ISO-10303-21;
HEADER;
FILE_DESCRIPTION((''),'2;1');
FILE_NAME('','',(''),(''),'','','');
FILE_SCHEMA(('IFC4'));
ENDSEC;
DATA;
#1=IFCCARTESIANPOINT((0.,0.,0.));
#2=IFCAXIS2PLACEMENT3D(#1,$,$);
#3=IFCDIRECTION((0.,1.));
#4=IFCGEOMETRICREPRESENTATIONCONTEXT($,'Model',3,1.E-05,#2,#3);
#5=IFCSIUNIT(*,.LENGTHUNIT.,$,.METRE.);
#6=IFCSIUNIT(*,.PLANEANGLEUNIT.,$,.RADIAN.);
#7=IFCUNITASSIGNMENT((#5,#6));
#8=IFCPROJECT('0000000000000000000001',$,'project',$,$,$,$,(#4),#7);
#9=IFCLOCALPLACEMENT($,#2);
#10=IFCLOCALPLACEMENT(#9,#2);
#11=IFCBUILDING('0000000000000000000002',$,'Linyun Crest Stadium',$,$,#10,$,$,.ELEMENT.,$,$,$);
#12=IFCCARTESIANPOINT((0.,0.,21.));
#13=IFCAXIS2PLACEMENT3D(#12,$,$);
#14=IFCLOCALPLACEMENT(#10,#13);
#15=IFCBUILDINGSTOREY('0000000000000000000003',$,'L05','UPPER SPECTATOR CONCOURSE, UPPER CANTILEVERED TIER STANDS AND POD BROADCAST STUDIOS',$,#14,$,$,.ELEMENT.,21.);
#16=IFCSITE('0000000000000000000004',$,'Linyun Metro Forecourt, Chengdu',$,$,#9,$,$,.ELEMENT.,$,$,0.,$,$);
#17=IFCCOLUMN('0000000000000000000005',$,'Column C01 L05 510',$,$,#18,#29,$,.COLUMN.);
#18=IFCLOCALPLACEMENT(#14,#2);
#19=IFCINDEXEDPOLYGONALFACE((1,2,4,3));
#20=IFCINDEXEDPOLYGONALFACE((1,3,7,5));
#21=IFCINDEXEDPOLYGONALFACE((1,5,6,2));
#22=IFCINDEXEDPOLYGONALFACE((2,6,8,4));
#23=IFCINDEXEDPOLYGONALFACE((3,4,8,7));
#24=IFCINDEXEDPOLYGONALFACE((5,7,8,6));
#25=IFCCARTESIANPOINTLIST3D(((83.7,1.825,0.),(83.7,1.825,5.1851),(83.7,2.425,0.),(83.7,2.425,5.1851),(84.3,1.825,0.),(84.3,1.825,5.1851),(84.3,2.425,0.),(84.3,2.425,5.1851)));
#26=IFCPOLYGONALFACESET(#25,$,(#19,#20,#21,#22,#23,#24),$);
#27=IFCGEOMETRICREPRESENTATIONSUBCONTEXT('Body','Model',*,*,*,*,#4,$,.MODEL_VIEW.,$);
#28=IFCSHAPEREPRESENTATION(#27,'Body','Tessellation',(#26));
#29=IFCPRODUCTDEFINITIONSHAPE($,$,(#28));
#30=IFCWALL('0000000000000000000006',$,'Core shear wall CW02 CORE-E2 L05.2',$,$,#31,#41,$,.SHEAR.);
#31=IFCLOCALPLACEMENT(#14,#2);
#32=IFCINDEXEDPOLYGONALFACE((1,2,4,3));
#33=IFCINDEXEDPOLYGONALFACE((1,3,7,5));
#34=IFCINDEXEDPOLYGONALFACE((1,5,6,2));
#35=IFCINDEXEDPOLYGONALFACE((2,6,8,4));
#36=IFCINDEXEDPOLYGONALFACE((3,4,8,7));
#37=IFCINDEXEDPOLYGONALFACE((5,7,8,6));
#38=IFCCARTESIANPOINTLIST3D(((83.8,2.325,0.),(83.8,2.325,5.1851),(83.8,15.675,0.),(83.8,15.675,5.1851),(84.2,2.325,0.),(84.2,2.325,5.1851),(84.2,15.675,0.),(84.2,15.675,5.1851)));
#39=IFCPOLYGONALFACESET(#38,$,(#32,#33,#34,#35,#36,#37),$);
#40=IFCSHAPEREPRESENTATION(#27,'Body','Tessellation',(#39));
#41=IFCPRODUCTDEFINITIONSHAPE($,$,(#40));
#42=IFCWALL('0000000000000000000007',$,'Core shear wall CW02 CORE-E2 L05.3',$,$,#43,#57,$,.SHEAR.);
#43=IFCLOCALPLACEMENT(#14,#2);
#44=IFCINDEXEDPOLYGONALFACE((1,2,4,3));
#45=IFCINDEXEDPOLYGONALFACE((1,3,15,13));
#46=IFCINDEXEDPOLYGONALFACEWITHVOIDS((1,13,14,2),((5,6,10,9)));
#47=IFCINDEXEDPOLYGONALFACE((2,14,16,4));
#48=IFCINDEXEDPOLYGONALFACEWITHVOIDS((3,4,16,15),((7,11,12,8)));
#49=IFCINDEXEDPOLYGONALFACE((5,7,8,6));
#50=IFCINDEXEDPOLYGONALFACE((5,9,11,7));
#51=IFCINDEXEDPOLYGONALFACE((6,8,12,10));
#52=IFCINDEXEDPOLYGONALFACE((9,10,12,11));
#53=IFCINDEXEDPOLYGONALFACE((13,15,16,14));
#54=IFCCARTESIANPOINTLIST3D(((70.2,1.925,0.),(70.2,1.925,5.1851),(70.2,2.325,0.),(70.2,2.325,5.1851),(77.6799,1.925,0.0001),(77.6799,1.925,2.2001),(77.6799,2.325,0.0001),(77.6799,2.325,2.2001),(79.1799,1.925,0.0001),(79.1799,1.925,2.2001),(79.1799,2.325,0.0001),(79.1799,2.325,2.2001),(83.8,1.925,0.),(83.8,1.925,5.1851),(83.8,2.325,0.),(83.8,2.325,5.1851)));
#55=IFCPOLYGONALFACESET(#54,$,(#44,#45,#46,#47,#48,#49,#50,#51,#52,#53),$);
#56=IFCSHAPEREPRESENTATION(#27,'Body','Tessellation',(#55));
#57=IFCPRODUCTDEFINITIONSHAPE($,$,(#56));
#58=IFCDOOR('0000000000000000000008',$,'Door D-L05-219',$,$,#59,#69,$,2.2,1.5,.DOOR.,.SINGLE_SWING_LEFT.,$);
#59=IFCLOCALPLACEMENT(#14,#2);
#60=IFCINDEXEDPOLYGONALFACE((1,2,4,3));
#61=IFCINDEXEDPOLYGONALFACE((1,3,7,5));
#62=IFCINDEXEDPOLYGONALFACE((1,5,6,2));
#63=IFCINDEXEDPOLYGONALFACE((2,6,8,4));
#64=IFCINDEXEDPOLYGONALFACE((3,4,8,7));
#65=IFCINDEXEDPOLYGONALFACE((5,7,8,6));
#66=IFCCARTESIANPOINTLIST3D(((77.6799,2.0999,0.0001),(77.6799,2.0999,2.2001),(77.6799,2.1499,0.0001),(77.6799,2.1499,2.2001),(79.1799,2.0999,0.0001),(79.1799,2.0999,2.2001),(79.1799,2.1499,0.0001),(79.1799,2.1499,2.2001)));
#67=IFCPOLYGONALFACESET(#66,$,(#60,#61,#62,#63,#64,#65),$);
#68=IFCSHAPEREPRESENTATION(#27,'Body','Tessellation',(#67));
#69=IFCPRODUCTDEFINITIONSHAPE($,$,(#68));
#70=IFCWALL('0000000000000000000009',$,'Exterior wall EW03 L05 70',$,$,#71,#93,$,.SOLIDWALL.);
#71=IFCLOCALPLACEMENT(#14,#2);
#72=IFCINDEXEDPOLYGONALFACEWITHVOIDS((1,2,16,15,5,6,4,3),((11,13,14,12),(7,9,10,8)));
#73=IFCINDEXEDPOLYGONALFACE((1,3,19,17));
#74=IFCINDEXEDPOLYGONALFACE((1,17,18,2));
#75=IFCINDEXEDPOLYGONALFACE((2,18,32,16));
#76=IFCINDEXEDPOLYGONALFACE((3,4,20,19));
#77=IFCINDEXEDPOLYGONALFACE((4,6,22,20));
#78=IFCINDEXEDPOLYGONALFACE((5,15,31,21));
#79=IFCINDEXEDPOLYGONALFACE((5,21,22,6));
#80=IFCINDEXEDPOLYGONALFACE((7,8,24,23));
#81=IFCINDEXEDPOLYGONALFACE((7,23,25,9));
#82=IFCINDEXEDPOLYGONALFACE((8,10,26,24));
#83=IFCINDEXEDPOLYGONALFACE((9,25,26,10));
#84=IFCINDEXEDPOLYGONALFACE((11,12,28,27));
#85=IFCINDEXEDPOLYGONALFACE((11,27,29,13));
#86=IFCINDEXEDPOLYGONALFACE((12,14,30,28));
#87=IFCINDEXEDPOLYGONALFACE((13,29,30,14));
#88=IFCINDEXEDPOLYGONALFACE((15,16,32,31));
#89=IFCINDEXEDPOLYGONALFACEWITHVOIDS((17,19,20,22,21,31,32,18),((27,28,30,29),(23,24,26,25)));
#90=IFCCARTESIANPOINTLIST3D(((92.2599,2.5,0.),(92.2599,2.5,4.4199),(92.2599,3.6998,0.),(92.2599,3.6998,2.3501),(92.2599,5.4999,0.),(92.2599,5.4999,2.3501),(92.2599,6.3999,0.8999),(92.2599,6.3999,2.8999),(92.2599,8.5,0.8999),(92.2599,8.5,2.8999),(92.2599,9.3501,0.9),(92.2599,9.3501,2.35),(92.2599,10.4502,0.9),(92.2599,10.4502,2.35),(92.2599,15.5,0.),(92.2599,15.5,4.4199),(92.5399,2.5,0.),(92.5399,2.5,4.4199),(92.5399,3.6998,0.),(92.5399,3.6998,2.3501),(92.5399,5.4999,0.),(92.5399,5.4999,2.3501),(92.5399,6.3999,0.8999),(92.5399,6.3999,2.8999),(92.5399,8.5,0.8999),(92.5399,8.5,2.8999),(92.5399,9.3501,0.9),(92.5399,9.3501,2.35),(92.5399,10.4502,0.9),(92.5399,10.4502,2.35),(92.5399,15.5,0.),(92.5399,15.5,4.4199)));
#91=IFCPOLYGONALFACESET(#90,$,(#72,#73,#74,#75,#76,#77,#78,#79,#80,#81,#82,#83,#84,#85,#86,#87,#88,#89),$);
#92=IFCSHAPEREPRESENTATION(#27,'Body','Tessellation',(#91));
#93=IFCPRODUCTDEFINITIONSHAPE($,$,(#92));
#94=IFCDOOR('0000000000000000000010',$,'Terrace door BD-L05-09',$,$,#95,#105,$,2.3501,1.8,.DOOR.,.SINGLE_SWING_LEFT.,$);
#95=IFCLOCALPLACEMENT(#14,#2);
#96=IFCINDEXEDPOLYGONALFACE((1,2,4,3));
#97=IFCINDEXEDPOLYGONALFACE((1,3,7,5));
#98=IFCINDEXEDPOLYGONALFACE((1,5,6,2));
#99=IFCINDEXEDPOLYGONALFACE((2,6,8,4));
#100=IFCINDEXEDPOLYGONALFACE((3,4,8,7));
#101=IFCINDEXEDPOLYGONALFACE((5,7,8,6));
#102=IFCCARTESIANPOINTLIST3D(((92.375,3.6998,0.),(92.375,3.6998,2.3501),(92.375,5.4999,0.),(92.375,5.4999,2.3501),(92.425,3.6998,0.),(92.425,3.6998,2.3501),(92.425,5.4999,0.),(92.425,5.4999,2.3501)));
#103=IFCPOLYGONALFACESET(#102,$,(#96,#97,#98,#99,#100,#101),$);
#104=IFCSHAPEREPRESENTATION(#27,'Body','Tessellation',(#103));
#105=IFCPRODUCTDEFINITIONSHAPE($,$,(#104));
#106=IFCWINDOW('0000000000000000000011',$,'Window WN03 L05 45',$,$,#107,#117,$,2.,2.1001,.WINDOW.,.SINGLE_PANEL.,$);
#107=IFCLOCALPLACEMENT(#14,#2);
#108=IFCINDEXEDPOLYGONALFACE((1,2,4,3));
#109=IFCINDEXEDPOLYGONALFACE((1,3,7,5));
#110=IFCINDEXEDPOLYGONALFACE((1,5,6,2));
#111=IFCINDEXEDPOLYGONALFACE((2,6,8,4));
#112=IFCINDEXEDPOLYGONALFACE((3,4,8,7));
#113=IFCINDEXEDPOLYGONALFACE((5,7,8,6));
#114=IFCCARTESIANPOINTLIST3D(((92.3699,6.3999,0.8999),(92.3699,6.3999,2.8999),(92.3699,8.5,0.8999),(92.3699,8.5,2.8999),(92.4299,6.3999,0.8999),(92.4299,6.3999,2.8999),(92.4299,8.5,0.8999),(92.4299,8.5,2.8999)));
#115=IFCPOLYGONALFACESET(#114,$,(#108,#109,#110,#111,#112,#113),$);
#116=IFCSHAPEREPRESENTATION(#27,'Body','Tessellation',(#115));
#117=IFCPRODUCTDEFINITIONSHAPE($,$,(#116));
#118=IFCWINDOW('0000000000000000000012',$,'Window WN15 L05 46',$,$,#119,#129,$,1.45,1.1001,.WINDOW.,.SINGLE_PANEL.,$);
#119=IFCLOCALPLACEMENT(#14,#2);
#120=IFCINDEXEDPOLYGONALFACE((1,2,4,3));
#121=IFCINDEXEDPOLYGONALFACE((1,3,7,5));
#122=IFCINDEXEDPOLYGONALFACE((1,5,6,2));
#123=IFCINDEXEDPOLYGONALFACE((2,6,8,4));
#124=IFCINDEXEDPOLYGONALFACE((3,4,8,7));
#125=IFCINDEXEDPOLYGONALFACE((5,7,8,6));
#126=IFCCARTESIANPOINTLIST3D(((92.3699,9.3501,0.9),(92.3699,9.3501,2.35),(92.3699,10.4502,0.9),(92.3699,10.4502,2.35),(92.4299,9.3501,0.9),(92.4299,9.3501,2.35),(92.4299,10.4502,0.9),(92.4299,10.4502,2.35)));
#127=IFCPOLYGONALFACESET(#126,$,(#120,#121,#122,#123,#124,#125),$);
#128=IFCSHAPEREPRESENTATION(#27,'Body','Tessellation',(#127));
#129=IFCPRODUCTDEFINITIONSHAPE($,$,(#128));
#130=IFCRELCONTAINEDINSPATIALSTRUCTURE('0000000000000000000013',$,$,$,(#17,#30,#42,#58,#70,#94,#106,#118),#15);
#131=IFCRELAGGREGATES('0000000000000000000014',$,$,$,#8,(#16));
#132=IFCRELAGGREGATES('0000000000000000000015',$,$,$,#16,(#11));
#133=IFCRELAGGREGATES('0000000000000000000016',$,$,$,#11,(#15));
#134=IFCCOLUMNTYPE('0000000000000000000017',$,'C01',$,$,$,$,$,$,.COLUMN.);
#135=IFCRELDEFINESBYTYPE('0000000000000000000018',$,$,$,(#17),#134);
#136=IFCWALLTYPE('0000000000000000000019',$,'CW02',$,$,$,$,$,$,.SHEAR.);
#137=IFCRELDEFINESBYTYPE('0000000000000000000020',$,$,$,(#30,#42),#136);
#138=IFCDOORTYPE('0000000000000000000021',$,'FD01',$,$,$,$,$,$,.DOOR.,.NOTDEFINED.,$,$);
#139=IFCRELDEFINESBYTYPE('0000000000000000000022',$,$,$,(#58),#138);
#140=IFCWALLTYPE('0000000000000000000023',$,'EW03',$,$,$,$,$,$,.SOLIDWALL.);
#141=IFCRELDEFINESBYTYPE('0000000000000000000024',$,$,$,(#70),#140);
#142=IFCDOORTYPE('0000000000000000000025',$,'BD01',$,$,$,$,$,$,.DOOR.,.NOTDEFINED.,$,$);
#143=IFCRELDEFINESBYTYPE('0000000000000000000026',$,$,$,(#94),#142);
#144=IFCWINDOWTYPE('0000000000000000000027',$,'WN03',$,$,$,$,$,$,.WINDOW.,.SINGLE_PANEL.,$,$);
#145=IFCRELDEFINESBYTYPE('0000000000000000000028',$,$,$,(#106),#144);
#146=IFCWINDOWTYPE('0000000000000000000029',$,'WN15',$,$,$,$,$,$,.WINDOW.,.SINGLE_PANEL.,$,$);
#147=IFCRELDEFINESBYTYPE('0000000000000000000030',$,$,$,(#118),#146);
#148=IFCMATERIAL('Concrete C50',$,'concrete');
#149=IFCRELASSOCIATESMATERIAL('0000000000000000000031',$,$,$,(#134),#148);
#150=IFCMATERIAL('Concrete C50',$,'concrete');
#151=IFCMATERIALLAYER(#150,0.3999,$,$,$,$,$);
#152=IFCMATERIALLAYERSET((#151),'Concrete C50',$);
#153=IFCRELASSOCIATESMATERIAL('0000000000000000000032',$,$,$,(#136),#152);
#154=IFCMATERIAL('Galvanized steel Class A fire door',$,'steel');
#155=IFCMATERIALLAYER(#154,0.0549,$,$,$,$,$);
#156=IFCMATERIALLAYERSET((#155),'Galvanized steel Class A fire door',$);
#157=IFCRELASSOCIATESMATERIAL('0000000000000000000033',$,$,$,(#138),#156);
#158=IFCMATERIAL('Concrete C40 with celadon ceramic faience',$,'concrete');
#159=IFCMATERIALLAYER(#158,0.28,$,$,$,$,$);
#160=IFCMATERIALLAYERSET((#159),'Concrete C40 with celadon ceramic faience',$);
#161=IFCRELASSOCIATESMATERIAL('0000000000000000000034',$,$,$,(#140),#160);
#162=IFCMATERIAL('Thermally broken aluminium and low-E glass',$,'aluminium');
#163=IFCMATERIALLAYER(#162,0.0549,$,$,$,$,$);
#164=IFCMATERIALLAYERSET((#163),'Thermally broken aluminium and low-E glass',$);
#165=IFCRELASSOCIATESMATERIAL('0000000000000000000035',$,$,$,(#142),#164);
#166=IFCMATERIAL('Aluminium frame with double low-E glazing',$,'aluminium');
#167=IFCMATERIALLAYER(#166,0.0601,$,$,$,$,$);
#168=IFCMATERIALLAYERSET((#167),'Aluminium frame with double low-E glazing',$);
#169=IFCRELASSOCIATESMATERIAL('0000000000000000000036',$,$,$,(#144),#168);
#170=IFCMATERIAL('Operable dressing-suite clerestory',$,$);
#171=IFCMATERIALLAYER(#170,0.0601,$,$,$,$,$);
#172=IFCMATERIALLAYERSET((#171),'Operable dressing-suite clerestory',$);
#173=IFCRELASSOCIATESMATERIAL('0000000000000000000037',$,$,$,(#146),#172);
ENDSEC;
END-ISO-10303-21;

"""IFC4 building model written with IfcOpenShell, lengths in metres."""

from ifc_helpers import new_model, si_unit, direction, frame, frame_2d, origin, origin_2d, place, context, subcontext, project, spatial, rectangle, extrude, material, layer, layer_set, material_profile, profile_set, type_object, element, fill, save


model = new_model("IFC4")

# Units and contexts
model_context = context("Model", 3, precision=1e-05, world=origin(), true_north=direction((0.0, 1.0)))
body_context = subcontext(model_context, "Body", "Model", "MODEL_VIEW")
ifc_project = project(units=[si_unit("LENGTHUNIT", "METRE"), si_unit("PLANEANGLEUNIT", "RADIAN")], contexts=[model_context])

# Site, building, storey
site_placement = place(None, origin())
site = spatial("IfcSite", under=ifc_project, at=site_placement, Name="Linyun Metro Forecourt, Chengdu", CompositionType="ELEMENT", RefElevation=0.0)
building_placement = place(site_placement, origin())
building = spatial("IfcBuilding", under=site, at=building_placement, Name="Linyun Crest Stadium", CompositionType="ELEMENT")
storey_placement = place(building_placement, frame((0.0, 0.0, 21.0)))
storey = spatial("IfcBuildingStorey", under=building, at=storey_placement, Name="L05", Description="UPPER SPECTATOR CONCOURSE, UPPER CANTILEVERED TIER STANDS AND POD BROADCAST STUDIOS", CompositionType="ELEMENT", Elevation=21.0)

# Column
ifc_material_1 = material(Name="Concrete C50", Category="concrete")
ifc_material_profile = material_profile(ifc_material_1, rectangle(XDim=0.6001, YDim=0.6001, at=origin_2d()), Name="RC 600x600")
ifc_profile_set = profile_set([ifc_material_profile], Name="Concrete C50")
column_type = type_object("IfcColumnType", Name="C01", PredefinedType="COLUMN", material=ifc_profile_set)
column_placement = place(storey_placement, frame((84.0, 2.125, 0.0), z_axis=(0.0, 0.0, 1.0), x_axis=(1.0, 0.0, 0.0)))
element("IfcColumn", 1, at=column_placement, inside=storey, type_object=column_type, Name="Column C01 L05 510", PredefinedType="COLUMN", context=body_context, shape_type="SweptSolid", body=[
    extrude(rectangle(XDim=0.6001, YDim=0.6001, at=origin_2d()), origin(), (0.0, 0.0, 1.0), 5.1851),
])

# Wall
ifc_material_2 = material(Name="Concrete C50", Category="concrete")
ifc_layer_1 = layer(ifc_material_2, 0.3999)
ifc_layer_set_1 = layer_set([ifc_layer_1], Name="Concrete C50")
wall_type_1 = type_object("IfcWallType", Name="CW02", PredefinedType="SHEAR", material=ifc_layer_set_1)
wall_1_placement = place(storey_placement, frame((84.0, 2.325, 0.0), z_axis=(0.0, 0.0, 1.0), x_axis=(0.0, 1.0, 0.0)))
element("IfcWall", 2, at=wall_1_placement, inside=storey, type_object=wall_type_1, Name="Core shear wall CW02 CORE-E2 L05.2", PredefinedType="SHEAR", context=body_context, shape_type="SweptSolid", body=[
    extrude(rectangle(XDim=13.3501, YDim=0.3999, at=frame_2d((6.675, 0.0))), origin(), (0.0, 0.0, 1.0), 5.1851),
])

# Wall, opening, door
wall_2_placement = place(storey_placement, frame((70.2, 2.125, 0.0), z_axis=(0.0, 0.0, 1.0), x_axis=(1.0, 0.0, 0.0)))
wall_2 = element("IfcWall", 3, at=wall_2_placement, inside=storey, type_object=wall_type_1, Name="Core shear wall CW02 CORE-E2 L05.3", PredefinedType="SHEAR", context=body_context, shape_type="SweptSolid", body=[
    extrude(rectangle(XDim=13.6001, YDim=0.3999, at=frame_2d((6.8, 0.0))), origin(), (0.0, 0.0, 1.0), 5.1851),
])
opening_1_placement = place(wall_2_placement, frame((7.48, 0.0, 0.0)))
opening_1 = element("IfcOpeningElement", 4, at=opening_1_placement, cuts=wall_2, PredefinedType="OPENING", context=body_context, shape_type="SweptSolid", body=[
    extrude(rectangle(XDim=1.5, YDim=2.2, at=frame_2d((0.75, 1.1001))), frame((0.0, 0.21, 0.0), z_axis=(0.0, -1.0, 0.0), x_axis=(1.0, 0.0, 0.0)), (0.0, 0.0, 1.0), 0.4199),
])
ifc_material_3 = material(Name="Galvanized steel Class A fire door", Category="steel")
ifc_layer_2 = layer(ifc_material_3, 0.0549)
ifc_layer_set_2 = layer_set([ifc_layer_2], Name="Galvanized steel Class A fire door")
door_type_1 = type_object("IfcDoorType", Name="FD01", OperationType="NOTDEFINED", PredefinedType="DOOR", material=ifc_layer_set_2)
door_1_placement = place(opening_1_placement, origin())
door_1 = element("IfcDoor", 5, at=door_1_placement, inside=storey, type_object=door_type_1, Name="Door D-L05-219", OperationType="SINGLE_SWING_LEFT", OverallHeight=2.2, OverallWidth=1.5, PredefinedType="DOOR", context=body_context, shape_type="SweptSolid", body=[
    extrude(rectangle(XDim=1.5, YDim=2.2, at=frame_2d((0.75, 1.1001))), frame((0.0, 0.0249, 0.0), z_axis=(0.0, -1.0, 0.0), x_axis=(1.0, 0.0, 0.0)), (0.0, 0.0, 1.0), 0.05),
])
fill(opening_1, door_1)

# Wall, openings, door, windows
ifc_material_4 = material(Name="Concrete C40 with celadon ceramic faience", Category="concrete")
ifc_layer_3 = layer(ifc_material_4, 0.28)
ifc_layer_set_3 = layer_set([ifc_layer_3], Name="Concrete C40 with celadon ceramic faience")
wall_type_2 = type_object("IfcWallType", Name="EW03", PredefinedType="SOLIDWALL", material=ifc_layer_set_3)
wall_3_placement = place(storey_placement, frame((92.3999, 2.5, 0.0), z_axis=(0.0, 0.0, 1.0), x_axis=(0.0, 1.0, 0.0)))
wall_3 = element("IfcWall", 6, at=wall_3_placement, inside=storey, type_object=wall_type_2, Name="Exterior wall EW03 L05 70", PredefinedType="SOLIDWALL", context=body_context, shape_type="SweptSolid", body=[
    extrude(rectangle(XDim=13.0, YDim=0.28, at=frame_2d((6.5, 0.0))), origin(), (0.0, 0.0, 1.0), 4.4199),
])
opening_2_placement = place(wall_3_placement, frame((1.2, 0.0, 0.0)))
opening_2 = element("IfcOpeningElement", 7, at=opening_2_placement, cuts=wall_3, PredefinedType="OPENING", context=body_context, shape_type="SweptSolid", body=[
    extrude(rectangle(XDim=1.8, YDim=2.3501, at=frame_2d((0.8999, 1.175))), frame((0.0, 0.1499, 0.0), z_axis=(0.0, -1.0, 0.0), x_axis=(1.0, 0.0, 0.0)), (0.0, 0.0, 1.0), 0.3),
])
opening_3_placement = place(wall_3_placement, frame((3.8999, 0.0, 0.8999)))
opening_3 = element("IfcOpeningElement", 8, at=opening_3_placement, cuts=wall_3, PredefinedType="OPENING", context=body_context, shape_type="SweptSolid", body=[
    extrude(rectangle(XDim=2.1001, YDim=2.0, at=frame_2d((1.05, 1.0))), frame((0.0, 0.1499, 0.0), z_axis=(0.0, -1.0, 0.0), x_axis=(1.0, 0.0, 0.0)), (0.0, 0.0, 1.0), 0.3),
])
opening_4_placement = place(wall_3_placement, frame((6.8501, 0.0, 0.8999)))
opening_4 = element("IfcOpeningElement", 9, at=opening_4_placement, cuts=wall_3, PredefinedType="OPENING", context=body_context, shape_type="SweptSolid", body=[
    extrude(rectangle(XDim=1.1001, YDim=1.45, at=frame_2d((0.55, 0.7251))), frame((0.0, 0.1499, 0.0), z_axis=(0.0, -1.0, 0.0), x_axis=(1.0, 0.0, 0.0)), (0.0, 0.0, 1.0), 0.3),
])
ifc_material_5 = material(Name="Thermally broken aluminium and low-E glass", Category="aluminium")
ifc_layer_4 = layer(ifc_material_5, 0.0549)
ifc_layer_set_4 = layer_set([ifc_layer_4], Name="Thermally broken aluminium and low-E glass")
door_type_2 = type_object("IfcDoorType", Name="BD01", OperationType="NOTDEFINED", PredefinedType="DOOR", material=ifc_layer_set_4)
door_2_placement = place(opening_2_placement, origin())
door_2 = element("IfcDoor", 10, at=door_2_placement, inside=storey, type_object=door_type_2, Name="Terrace door BD-L05-09", OperationType="SINGLE_SWING_LEFT", OverallHeight=2.3501, OverallWidth=1.8, PredefinedType="DOOR", context=body_context, shape_type="SweptSolid", body=[
    extrude(rectangle(XDim=1.8, YDim=2.3501, at=frame_2d((0.8999, 1.175))), frame((0.0, 0.0249, 0.0), z_axis=(0.0, -1.0, 0.0), x_axis=(1.0, 0.0, 0.0)), (0.0, 0.0, 1.0), 0.05),
])
fill(opening_2, door_2)
ifc_material_6 = material(Name="Aluminium frame with double low-E glazing", Category="aluminium")
ifc_layer_5 = layer(ifc_material_6, 0.0601)
ifc_layer_set_5 = layer_set([ifc_layer_5], Name="Aluminium frame with double low-E glazing")
window_type_1 = type_object("IfcWindowType", Name="WN03", PartitioningType="SINGLE_PANEL", PredefinedType="WINDOW", material=ifc_layer_set_5)
window_1_placement = place(opening_3_placement, origin())
window_1 = element("IfcWindow", 11, at=window_1_placement, inside=storey, type_object=window_type_1, Name="Window WN03 L05 45", OverallHeight=2.0, OverallWidth=2.1001, PartitioningType="SINGLE_PANEL", PredefinedType="WINDOW", context=body_context, shape_type="SweptSolid", body=[
    extrude(rectangle(XDim=2.1001, YDim=2.0, at=frame_2d((1.05, 1.0))), frame((0.0, 0.03, 0.0), z_axis=(0.0, -1.0, 0.0), x_axis=(1.0, 0.0, 0.0)), (0.0, 0.0, 1.0), 0.0601),
])
fill(opening_3, window_1)
ifc_material_7 = material(Name="Operable dressing-suite clerestory")
ifc_layer_6 = layer(ifc_material_7, 0.0601)
ifc_layer_set_6 = layer_set([ifc_layer_6], Name="Operable dressing-suite clerestory")
window_type_2 = type_object("IfcWindowType", Name="WN15", PartitioningType="SINGLE_PANEL", PredefinedType="WINDOW", material=ifc_layer_set_6)
window_2_placement = place(opening_4_placement, origin())
window_2 = element("IfcWindow", 12, at=window_2_placement, inside=storey, type_object=window_type_2, Name="Window WN15 L05 46", OverallHeight=1.45, OverallWidth=1.1001, PartitioningType="SINGLE_PANEL", PredefinedType="WINDOW", context=body_context, shape_type="SweptSolid", body=[
    extrude(rectangle(XDim=1.1001, YDim=1.45, at=frame_2d((0.55, 0.7251))), frame((0.0, 0.03, 0.0), z_axis=(0.0, -1.0, 0.0), x_axis=(1.0, 0.0, 0.0)), (0.0, 0.0, 1.0), 0.0601),
])
fill(opening_4, window_2)

save(model, "model.ifc")
